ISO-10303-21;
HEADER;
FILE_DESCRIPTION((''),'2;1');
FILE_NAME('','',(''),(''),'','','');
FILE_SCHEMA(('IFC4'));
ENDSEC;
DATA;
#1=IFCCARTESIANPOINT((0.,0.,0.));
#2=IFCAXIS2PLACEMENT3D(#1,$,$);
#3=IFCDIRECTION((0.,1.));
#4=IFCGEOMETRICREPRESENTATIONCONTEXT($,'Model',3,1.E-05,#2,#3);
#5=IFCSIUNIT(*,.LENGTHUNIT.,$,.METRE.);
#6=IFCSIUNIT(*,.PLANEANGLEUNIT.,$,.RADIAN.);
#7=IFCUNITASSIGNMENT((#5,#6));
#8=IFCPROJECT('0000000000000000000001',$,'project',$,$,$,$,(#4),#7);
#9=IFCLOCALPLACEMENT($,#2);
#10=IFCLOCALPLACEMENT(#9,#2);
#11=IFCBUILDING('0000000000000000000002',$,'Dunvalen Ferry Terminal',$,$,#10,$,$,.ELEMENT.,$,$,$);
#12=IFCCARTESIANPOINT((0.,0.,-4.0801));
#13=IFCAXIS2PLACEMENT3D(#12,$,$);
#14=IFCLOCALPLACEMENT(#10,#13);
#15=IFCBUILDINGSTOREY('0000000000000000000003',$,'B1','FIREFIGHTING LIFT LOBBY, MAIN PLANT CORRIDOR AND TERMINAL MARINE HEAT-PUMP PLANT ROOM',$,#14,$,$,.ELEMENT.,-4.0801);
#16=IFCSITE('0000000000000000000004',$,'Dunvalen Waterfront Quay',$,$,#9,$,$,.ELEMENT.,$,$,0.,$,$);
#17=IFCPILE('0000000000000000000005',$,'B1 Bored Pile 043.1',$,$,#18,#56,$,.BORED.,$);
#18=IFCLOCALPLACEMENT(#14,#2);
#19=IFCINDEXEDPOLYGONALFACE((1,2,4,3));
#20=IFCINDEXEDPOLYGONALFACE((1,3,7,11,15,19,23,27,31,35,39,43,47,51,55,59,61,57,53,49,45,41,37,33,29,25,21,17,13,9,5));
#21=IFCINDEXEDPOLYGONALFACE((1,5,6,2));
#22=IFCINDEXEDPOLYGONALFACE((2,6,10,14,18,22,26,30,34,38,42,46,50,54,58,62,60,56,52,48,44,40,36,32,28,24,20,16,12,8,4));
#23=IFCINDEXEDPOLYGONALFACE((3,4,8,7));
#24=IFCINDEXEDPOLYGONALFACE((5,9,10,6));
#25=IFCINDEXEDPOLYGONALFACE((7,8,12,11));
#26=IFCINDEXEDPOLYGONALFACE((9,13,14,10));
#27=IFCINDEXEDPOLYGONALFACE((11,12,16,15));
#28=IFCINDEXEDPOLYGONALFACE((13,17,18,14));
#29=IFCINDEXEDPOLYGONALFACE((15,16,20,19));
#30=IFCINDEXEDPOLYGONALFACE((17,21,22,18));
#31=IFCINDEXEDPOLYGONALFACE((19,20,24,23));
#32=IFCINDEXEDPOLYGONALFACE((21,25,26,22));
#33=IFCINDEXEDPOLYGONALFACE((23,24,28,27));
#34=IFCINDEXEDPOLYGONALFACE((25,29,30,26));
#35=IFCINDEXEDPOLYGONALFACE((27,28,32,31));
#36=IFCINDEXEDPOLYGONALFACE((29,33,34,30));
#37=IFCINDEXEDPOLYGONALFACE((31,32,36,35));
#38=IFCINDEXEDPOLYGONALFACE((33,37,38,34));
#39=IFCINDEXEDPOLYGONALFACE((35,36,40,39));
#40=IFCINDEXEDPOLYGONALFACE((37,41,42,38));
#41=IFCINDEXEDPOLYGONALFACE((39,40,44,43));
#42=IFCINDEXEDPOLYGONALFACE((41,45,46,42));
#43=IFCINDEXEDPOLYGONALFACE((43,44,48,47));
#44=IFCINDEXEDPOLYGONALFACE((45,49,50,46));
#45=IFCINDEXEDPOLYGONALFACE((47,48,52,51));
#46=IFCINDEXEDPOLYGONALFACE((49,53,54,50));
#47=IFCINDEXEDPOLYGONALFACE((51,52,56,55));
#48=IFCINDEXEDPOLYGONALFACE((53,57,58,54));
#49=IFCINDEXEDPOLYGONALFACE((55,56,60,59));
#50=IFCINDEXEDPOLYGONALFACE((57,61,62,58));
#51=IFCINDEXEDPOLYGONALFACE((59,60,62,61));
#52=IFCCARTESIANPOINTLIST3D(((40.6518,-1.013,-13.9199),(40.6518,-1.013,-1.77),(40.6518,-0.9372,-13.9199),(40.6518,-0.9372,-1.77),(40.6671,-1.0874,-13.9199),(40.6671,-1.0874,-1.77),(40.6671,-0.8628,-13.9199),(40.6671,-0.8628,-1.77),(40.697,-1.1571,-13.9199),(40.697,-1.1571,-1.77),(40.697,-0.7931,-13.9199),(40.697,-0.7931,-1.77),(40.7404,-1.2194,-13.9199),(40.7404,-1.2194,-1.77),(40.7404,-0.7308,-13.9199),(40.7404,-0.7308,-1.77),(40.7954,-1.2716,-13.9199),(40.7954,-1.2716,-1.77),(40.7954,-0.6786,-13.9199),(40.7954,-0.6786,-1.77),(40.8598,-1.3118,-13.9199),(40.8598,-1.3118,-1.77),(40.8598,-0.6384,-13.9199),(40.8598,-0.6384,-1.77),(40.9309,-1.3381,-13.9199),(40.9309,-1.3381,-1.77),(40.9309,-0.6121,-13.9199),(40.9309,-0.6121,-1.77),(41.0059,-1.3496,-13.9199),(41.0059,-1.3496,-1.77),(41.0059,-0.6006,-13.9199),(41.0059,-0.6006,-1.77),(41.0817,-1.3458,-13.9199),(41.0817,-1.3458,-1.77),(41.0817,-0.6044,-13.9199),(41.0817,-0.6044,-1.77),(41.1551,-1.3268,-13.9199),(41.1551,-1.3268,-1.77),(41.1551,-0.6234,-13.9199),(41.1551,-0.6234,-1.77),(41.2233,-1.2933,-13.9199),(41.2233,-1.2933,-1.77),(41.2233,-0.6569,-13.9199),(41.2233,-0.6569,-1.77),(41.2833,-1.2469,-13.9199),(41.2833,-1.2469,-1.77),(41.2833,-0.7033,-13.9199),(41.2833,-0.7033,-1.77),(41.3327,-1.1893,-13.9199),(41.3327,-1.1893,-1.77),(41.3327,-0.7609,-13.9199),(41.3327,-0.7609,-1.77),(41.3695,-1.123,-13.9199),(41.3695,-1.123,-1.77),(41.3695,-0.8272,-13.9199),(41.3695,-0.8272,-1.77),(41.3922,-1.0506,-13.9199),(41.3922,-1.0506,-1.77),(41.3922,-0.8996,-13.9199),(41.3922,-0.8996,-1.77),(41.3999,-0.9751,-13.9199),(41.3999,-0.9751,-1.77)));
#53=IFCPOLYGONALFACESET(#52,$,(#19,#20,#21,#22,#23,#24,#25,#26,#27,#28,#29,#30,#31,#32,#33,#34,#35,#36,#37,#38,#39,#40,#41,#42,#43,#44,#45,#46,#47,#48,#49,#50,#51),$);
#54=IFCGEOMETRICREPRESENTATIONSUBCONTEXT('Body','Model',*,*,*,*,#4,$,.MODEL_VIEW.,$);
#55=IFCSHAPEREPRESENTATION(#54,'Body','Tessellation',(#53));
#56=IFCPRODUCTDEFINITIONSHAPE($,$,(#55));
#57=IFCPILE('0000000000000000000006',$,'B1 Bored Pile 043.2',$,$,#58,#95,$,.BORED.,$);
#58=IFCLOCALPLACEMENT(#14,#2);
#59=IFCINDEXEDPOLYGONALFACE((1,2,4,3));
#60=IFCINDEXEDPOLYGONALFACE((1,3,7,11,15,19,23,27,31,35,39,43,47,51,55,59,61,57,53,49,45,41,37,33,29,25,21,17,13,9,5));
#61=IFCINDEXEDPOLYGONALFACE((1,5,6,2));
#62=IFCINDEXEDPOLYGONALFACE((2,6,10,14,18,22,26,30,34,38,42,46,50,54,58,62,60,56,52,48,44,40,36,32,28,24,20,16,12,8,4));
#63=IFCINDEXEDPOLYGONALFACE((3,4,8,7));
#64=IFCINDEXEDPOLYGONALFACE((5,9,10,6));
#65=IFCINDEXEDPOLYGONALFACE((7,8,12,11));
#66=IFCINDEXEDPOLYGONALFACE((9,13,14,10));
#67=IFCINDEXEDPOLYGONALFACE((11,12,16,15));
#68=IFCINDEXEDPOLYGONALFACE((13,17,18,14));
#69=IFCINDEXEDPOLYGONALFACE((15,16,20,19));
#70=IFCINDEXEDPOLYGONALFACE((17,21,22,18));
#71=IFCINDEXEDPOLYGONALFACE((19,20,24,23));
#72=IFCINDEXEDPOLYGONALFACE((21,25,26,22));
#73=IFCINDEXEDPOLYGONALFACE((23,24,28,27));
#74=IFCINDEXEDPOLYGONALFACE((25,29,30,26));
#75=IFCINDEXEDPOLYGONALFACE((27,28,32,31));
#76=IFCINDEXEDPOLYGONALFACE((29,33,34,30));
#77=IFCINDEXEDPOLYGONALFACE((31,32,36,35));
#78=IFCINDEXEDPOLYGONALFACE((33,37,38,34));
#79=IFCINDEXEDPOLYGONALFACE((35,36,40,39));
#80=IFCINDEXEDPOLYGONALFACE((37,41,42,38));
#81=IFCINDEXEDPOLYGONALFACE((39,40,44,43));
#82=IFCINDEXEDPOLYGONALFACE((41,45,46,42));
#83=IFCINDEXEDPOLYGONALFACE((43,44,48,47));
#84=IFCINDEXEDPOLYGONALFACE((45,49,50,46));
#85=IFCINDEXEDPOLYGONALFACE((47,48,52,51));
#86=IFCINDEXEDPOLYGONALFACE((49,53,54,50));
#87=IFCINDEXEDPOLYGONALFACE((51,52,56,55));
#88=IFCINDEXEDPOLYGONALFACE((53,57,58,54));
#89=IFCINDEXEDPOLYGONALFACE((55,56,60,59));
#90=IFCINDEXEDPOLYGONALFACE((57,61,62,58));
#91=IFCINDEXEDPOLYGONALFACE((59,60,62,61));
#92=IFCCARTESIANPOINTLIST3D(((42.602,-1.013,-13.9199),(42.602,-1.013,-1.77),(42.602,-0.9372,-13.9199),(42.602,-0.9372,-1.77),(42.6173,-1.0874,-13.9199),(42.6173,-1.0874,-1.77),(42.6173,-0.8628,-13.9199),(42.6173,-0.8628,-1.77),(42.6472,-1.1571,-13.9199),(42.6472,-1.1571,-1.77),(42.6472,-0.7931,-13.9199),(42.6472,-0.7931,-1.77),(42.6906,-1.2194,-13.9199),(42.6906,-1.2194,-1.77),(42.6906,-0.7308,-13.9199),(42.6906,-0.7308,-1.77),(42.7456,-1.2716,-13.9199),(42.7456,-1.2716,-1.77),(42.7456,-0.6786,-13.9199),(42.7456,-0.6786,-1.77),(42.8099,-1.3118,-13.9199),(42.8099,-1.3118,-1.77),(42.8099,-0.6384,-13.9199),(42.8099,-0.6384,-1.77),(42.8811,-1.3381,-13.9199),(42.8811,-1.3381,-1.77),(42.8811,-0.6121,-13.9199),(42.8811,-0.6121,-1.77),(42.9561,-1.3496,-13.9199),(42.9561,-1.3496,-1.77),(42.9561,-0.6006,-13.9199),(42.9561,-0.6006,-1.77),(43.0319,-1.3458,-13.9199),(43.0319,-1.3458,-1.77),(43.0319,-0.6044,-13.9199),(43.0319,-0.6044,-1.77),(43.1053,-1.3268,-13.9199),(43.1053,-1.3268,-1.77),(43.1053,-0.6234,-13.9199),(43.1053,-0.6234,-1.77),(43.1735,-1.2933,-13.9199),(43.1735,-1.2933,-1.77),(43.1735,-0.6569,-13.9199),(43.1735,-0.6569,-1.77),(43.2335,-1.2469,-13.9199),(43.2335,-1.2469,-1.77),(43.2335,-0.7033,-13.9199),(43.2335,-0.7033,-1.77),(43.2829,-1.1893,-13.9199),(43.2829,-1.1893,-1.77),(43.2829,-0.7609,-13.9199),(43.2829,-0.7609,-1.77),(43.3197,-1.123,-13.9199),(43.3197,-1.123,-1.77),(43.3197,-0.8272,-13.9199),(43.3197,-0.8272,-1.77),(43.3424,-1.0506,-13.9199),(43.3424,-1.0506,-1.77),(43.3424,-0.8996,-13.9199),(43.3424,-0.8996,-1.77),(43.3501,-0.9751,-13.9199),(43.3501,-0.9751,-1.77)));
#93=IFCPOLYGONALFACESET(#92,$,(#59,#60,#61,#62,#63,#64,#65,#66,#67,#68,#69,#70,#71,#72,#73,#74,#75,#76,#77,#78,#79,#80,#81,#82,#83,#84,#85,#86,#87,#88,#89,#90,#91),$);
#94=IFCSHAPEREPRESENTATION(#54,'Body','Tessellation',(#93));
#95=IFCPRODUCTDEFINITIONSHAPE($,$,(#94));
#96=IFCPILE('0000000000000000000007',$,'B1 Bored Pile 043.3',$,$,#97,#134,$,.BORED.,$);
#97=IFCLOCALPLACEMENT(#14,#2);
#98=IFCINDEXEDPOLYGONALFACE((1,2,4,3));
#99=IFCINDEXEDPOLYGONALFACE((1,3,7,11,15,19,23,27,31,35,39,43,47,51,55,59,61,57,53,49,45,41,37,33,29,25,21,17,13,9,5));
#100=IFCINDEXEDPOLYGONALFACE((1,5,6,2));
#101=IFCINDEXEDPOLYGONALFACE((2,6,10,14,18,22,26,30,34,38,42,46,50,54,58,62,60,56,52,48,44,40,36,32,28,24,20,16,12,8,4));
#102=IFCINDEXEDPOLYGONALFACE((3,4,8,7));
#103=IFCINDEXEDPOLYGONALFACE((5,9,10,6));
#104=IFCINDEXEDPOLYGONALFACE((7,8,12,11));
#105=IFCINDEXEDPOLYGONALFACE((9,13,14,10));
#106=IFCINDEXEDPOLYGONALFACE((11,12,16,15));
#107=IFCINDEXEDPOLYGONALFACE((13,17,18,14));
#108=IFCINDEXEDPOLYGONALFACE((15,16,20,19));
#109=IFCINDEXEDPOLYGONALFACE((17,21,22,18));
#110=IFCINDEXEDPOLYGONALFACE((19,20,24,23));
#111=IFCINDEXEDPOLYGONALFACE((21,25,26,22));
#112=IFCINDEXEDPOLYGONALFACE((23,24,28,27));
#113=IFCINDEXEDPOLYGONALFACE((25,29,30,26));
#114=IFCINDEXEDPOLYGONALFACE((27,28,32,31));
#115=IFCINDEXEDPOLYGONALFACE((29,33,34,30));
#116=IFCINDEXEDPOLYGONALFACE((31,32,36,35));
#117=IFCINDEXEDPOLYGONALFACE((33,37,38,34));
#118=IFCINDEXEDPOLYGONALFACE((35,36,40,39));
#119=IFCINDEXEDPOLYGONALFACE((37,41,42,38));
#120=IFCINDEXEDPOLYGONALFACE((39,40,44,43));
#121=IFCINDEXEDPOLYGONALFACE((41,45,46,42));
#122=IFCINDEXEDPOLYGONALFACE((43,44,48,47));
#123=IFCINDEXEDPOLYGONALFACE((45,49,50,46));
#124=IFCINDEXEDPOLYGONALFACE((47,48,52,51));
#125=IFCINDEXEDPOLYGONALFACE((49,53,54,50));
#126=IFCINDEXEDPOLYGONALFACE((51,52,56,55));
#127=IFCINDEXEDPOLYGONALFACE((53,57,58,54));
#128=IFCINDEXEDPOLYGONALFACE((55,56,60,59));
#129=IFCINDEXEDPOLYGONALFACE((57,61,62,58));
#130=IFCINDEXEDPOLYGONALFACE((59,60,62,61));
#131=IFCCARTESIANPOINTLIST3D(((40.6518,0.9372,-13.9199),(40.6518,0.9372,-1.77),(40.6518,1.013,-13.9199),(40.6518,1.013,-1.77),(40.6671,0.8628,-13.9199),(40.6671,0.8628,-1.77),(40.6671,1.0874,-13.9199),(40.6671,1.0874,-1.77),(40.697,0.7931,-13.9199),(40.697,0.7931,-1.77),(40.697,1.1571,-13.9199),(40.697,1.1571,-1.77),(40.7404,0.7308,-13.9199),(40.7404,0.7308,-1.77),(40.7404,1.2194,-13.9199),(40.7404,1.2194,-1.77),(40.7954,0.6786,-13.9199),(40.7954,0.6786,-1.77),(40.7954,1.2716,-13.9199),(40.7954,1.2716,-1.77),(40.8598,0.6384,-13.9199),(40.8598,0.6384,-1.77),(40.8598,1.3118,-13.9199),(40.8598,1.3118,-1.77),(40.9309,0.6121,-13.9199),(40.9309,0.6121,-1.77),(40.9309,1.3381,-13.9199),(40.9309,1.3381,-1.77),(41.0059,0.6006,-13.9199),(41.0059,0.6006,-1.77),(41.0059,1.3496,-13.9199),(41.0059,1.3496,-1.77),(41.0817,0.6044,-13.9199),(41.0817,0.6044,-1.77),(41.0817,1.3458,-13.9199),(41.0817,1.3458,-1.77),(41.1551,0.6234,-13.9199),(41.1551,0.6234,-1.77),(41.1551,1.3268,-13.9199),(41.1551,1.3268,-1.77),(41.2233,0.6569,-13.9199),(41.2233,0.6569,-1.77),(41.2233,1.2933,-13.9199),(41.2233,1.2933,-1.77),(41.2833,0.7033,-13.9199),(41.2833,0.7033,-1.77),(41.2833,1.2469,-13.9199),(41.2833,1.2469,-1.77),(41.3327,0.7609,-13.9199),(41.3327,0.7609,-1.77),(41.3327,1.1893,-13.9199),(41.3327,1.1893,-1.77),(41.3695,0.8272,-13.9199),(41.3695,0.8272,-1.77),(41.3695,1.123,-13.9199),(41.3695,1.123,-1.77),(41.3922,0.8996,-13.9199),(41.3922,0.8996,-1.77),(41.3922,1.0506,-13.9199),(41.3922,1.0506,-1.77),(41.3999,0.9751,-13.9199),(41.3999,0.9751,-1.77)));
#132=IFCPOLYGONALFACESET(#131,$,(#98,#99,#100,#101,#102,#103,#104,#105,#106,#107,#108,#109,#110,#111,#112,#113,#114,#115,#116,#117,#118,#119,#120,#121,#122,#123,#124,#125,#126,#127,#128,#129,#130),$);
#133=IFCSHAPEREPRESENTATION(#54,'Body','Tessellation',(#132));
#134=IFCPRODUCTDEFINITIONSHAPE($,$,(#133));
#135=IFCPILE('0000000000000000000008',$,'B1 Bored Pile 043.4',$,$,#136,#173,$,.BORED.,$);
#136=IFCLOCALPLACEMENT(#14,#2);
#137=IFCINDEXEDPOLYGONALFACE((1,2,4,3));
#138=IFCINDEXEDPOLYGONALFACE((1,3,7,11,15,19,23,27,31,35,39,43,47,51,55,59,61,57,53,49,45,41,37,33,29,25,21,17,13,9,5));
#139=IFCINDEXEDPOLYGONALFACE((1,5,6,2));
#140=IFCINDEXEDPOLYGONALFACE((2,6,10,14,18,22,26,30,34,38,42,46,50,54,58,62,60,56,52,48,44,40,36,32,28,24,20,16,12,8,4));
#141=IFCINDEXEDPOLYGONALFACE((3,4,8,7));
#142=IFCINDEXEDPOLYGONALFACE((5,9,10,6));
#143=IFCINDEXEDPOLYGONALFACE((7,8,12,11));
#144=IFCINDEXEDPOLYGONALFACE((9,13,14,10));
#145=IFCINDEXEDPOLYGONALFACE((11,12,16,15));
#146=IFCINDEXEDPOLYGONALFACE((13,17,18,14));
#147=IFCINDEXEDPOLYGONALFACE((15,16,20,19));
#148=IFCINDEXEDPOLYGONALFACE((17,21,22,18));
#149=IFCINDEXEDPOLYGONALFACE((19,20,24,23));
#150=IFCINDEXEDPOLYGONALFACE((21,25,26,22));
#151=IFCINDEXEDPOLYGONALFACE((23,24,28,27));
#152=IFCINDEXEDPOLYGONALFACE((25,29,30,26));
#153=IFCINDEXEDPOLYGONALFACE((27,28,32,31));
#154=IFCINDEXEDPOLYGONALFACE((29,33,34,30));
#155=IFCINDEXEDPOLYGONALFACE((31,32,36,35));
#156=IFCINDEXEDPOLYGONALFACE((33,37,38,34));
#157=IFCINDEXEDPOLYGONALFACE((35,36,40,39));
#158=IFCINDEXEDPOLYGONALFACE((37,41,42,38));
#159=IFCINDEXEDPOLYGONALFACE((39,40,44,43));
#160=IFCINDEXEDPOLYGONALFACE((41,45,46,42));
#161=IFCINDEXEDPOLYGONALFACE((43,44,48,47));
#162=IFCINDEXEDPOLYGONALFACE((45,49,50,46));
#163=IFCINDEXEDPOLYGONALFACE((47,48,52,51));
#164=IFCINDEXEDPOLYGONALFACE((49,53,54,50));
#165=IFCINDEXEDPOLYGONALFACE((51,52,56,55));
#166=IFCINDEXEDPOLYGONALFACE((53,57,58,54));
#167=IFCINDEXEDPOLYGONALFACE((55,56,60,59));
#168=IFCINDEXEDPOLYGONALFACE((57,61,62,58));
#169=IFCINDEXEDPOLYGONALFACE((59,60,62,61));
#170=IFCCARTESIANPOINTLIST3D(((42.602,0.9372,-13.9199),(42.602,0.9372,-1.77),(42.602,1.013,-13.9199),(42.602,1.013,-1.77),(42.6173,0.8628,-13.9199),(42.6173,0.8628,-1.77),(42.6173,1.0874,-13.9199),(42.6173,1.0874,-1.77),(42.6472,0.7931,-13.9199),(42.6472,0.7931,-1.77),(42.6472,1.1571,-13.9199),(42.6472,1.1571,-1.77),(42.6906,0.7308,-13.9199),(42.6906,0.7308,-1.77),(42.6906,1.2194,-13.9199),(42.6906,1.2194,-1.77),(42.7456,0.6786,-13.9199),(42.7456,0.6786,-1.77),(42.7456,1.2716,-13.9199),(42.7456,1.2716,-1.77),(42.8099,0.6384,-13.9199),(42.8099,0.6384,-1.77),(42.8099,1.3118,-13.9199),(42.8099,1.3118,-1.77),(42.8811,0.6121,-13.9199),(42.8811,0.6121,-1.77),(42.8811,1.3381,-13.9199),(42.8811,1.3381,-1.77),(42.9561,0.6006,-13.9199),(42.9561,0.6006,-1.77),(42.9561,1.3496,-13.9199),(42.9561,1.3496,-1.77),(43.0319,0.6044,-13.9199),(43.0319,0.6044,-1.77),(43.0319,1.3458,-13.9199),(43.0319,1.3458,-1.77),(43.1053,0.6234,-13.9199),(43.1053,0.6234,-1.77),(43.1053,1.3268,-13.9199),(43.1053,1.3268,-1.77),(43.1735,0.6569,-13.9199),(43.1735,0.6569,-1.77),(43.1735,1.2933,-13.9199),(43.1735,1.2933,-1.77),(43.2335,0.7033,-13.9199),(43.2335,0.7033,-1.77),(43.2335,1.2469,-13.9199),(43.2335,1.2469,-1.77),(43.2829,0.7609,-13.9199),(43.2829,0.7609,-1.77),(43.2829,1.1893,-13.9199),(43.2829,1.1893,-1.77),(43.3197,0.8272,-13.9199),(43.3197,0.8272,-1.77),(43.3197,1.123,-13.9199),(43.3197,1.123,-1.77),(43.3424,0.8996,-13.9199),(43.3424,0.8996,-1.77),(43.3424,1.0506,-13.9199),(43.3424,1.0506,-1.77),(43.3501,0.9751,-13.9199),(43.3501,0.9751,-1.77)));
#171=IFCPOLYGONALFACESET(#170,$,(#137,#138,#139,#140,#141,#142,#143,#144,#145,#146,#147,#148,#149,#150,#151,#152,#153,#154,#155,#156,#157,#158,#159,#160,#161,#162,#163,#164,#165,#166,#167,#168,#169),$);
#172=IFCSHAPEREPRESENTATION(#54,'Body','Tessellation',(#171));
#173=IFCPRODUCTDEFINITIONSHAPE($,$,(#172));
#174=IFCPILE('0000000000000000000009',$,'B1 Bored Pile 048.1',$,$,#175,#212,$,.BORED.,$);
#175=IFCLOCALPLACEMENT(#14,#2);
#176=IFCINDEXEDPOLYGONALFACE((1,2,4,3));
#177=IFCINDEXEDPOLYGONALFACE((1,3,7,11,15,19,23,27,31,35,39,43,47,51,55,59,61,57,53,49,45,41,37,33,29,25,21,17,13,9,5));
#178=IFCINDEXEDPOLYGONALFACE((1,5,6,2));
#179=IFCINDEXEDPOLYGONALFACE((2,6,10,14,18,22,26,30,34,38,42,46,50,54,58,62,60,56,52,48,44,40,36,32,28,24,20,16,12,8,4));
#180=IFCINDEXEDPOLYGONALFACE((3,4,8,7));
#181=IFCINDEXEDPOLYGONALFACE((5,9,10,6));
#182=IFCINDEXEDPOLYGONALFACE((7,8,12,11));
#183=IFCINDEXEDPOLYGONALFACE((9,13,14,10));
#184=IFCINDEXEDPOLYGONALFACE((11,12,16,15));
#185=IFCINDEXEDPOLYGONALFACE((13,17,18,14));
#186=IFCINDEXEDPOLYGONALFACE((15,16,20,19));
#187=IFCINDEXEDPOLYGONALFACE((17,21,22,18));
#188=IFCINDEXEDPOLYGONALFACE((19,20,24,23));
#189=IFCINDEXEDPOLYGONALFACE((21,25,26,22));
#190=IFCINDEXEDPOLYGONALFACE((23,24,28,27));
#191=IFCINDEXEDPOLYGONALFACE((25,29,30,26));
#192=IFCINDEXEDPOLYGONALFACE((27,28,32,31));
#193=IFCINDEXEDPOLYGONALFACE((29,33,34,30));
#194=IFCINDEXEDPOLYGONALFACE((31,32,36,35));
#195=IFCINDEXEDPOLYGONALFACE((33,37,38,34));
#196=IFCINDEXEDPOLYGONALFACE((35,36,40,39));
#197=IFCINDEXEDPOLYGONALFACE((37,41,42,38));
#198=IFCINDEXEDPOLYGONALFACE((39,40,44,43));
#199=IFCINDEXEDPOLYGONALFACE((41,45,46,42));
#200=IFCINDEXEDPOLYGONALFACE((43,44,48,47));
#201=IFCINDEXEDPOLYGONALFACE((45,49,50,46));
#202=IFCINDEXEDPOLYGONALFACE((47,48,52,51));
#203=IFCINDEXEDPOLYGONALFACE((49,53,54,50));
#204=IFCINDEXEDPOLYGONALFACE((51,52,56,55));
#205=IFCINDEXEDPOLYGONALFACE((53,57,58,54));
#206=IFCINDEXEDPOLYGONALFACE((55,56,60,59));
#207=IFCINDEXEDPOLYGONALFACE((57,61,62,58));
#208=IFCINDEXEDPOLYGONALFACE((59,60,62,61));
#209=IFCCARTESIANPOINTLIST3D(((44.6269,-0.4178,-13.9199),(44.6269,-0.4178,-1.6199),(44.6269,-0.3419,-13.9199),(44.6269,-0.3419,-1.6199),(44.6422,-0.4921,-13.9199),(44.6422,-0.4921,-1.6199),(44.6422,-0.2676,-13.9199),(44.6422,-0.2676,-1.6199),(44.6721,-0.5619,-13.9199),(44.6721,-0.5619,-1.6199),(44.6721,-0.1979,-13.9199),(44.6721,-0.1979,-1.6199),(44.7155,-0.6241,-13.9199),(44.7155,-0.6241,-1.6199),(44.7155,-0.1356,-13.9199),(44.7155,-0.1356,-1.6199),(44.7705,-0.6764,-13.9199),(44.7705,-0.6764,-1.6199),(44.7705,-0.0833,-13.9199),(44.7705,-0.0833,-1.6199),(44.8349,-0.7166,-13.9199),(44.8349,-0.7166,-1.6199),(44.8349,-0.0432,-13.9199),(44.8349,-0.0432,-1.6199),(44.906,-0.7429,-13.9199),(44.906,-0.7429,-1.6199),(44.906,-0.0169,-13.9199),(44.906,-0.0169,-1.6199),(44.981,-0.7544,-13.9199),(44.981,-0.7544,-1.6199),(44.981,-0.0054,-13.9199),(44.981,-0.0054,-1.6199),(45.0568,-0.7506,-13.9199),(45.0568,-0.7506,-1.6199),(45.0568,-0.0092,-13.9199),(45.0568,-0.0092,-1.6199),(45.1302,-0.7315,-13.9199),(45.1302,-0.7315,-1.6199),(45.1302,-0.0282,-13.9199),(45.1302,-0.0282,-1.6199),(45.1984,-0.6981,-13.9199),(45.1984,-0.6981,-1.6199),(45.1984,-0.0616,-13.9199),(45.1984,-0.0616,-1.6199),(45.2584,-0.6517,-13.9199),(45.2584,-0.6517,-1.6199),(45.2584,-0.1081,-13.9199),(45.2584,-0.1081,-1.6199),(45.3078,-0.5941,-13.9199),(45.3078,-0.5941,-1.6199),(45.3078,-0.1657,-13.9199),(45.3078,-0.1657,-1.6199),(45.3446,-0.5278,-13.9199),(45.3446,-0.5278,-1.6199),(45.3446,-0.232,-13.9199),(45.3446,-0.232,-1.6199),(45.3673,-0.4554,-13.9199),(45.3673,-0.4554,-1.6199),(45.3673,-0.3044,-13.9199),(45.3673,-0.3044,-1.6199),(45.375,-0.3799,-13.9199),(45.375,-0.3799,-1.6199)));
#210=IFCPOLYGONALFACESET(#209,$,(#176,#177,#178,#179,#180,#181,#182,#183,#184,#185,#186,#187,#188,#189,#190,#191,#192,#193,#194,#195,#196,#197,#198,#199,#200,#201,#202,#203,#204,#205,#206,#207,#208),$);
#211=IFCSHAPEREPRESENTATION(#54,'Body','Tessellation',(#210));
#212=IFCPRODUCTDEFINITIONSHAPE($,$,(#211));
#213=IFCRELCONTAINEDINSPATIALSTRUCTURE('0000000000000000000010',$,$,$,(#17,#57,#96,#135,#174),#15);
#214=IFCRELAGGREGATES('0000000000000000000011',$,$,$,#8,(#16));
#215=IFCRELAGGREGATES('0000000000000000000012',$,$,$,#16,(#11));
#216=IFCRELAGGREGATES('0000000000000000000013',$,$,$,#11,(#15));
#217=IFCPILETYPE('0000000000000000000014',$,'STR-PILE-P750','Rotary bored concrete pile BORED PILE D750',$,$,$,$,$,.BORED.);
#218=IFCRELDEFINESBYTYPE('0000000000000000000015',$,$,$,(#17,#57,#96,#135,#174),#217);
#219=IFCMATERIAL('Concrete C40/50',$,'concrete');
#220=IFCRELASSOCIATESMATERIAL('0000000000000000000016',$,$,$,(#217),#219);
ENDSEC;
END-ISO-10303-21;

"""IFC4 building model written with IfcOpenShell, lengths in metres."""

from ifc_helpers import new_model, si_unit, direction, frame, origin, origin_2d, place, context, subcontext, project, spatial, circle, extrude, material, material_profile, profile_set, type_object, element, save


model = new_model("IFC4")

# Units and contexts
model_context = context("Model", 3, precision=1e-05, world=origin(), true_north=direction((0.0, 1.0)))
body_context = subcontext(model_context, "Body", "Model", "MODEL_VIEW")
ifc_project = project(units=[si_unit("LENGTHUNIT", "METRE"), si_unit("PLANEANGLEUNIT", "RADIAN")], contexts=[model_context])

# Site, building, storey
site_placement = place(None, origin())
site = spatial("IfcSite", under=ifc_project, at=site_placement, Name="Dunvalen Waterfront Quay", CompositionType="ELEMENT", RefElevation=0.0)
building_placement = place(site_placement, origin())
building = spatial("IfcBuilding", under=site, at=building_placement, Name="Dunvalen Ferry Terminal", CompositionType="ELEMENT")
storey_placement = place(building_placement, frame((0.0, 0.0, -4.0801)))
storey = spatial("IfcBuildingStorey", under=building, at=storey_placement, Name="B1", Description="FIREFIGHTING LIFT LOBBY, MAIN PLANT CORRIDOR AND TERMINAL MARINE HEAT-PUMP PLANT ROOM", CompositionType="ELEMENT", Elevation=-4.0801)

# Shared definitions
ifc_material = material(Name="Concrete C40/50", Category="concrete")

# Piles
ifc_material_profile_1 = material_profile(ifc_material, circle(Radius=0.375, at=origin_2d()), Name="Concrete C40/50")
ifc_profile_set_1 = profile_set([ifc_material_profile_1], Name="Concrete C40/50")
pile_type = type_object("IfcPileType", Name="STR-PILE-P750", Description="Rotary bored concrete pile BORED PILE D750", PredefinedType="BORED", material=ifc_profile_set_1)
for number, where, z_axis, x_axis, name in (
    (1, (41.0249, -0.9751, -1.77), (0.0, 0.0, -1.0), (1.0, 0.0, 0.0), "B1 Bored Pile 043.1"),
    (2, (42.9751, -0.9751, -1.77), (0.0, 0.0, -1.0), (1.0, 0.0, 0.0), "B1 Bored Pile 043.2"),
    (3, (41.0249, 0.9751, -1.77), (0.0, 0.0, -1.0), (1.0, 0.0, 0.0), "B1 Bored Pile 043.3"),
    (4, (42.9751, 0.9751, -1.77), (0.0, 0.0, -1.0), (1.0, 0.0, 0.0), "B1 Bored Pile 043.4"),
):
    element("IfcPile", number, at=place(storey_placement, frame(where, z_axis=z_axis, x_axis=x_axis)), inside=storey, type_object=pile_type, Name=name, PredefinedType="BORED", context=body_context, shape_type="SweptSolid", body=[
        extrude(circle(Radius=0.375, at=origin_2d()), origin(), (0.0, 0.0, 1.0), 12.1499),
    ])
pile_1_placement = place(storey_placement, frame((45.0, -0.3799, -1.6199), z_axis=(0.0, 0.0, -1.0), x_axis=(1.0, 0.0, 0.0)))
element("IfcPile", 5, at=pile_1_placement, inside=storey, type_object=pile_type, Name="B1 Bored Pile 048.1", PredefinedType="BORED", context=body_context, shape_type="SweptSolid", body=[
    extrude(circle(Radius=0.375, at=origin_2d()), origin(), (0.0, 0.0, 1.0), 12.3),
])

save(model, "model.ifc")
